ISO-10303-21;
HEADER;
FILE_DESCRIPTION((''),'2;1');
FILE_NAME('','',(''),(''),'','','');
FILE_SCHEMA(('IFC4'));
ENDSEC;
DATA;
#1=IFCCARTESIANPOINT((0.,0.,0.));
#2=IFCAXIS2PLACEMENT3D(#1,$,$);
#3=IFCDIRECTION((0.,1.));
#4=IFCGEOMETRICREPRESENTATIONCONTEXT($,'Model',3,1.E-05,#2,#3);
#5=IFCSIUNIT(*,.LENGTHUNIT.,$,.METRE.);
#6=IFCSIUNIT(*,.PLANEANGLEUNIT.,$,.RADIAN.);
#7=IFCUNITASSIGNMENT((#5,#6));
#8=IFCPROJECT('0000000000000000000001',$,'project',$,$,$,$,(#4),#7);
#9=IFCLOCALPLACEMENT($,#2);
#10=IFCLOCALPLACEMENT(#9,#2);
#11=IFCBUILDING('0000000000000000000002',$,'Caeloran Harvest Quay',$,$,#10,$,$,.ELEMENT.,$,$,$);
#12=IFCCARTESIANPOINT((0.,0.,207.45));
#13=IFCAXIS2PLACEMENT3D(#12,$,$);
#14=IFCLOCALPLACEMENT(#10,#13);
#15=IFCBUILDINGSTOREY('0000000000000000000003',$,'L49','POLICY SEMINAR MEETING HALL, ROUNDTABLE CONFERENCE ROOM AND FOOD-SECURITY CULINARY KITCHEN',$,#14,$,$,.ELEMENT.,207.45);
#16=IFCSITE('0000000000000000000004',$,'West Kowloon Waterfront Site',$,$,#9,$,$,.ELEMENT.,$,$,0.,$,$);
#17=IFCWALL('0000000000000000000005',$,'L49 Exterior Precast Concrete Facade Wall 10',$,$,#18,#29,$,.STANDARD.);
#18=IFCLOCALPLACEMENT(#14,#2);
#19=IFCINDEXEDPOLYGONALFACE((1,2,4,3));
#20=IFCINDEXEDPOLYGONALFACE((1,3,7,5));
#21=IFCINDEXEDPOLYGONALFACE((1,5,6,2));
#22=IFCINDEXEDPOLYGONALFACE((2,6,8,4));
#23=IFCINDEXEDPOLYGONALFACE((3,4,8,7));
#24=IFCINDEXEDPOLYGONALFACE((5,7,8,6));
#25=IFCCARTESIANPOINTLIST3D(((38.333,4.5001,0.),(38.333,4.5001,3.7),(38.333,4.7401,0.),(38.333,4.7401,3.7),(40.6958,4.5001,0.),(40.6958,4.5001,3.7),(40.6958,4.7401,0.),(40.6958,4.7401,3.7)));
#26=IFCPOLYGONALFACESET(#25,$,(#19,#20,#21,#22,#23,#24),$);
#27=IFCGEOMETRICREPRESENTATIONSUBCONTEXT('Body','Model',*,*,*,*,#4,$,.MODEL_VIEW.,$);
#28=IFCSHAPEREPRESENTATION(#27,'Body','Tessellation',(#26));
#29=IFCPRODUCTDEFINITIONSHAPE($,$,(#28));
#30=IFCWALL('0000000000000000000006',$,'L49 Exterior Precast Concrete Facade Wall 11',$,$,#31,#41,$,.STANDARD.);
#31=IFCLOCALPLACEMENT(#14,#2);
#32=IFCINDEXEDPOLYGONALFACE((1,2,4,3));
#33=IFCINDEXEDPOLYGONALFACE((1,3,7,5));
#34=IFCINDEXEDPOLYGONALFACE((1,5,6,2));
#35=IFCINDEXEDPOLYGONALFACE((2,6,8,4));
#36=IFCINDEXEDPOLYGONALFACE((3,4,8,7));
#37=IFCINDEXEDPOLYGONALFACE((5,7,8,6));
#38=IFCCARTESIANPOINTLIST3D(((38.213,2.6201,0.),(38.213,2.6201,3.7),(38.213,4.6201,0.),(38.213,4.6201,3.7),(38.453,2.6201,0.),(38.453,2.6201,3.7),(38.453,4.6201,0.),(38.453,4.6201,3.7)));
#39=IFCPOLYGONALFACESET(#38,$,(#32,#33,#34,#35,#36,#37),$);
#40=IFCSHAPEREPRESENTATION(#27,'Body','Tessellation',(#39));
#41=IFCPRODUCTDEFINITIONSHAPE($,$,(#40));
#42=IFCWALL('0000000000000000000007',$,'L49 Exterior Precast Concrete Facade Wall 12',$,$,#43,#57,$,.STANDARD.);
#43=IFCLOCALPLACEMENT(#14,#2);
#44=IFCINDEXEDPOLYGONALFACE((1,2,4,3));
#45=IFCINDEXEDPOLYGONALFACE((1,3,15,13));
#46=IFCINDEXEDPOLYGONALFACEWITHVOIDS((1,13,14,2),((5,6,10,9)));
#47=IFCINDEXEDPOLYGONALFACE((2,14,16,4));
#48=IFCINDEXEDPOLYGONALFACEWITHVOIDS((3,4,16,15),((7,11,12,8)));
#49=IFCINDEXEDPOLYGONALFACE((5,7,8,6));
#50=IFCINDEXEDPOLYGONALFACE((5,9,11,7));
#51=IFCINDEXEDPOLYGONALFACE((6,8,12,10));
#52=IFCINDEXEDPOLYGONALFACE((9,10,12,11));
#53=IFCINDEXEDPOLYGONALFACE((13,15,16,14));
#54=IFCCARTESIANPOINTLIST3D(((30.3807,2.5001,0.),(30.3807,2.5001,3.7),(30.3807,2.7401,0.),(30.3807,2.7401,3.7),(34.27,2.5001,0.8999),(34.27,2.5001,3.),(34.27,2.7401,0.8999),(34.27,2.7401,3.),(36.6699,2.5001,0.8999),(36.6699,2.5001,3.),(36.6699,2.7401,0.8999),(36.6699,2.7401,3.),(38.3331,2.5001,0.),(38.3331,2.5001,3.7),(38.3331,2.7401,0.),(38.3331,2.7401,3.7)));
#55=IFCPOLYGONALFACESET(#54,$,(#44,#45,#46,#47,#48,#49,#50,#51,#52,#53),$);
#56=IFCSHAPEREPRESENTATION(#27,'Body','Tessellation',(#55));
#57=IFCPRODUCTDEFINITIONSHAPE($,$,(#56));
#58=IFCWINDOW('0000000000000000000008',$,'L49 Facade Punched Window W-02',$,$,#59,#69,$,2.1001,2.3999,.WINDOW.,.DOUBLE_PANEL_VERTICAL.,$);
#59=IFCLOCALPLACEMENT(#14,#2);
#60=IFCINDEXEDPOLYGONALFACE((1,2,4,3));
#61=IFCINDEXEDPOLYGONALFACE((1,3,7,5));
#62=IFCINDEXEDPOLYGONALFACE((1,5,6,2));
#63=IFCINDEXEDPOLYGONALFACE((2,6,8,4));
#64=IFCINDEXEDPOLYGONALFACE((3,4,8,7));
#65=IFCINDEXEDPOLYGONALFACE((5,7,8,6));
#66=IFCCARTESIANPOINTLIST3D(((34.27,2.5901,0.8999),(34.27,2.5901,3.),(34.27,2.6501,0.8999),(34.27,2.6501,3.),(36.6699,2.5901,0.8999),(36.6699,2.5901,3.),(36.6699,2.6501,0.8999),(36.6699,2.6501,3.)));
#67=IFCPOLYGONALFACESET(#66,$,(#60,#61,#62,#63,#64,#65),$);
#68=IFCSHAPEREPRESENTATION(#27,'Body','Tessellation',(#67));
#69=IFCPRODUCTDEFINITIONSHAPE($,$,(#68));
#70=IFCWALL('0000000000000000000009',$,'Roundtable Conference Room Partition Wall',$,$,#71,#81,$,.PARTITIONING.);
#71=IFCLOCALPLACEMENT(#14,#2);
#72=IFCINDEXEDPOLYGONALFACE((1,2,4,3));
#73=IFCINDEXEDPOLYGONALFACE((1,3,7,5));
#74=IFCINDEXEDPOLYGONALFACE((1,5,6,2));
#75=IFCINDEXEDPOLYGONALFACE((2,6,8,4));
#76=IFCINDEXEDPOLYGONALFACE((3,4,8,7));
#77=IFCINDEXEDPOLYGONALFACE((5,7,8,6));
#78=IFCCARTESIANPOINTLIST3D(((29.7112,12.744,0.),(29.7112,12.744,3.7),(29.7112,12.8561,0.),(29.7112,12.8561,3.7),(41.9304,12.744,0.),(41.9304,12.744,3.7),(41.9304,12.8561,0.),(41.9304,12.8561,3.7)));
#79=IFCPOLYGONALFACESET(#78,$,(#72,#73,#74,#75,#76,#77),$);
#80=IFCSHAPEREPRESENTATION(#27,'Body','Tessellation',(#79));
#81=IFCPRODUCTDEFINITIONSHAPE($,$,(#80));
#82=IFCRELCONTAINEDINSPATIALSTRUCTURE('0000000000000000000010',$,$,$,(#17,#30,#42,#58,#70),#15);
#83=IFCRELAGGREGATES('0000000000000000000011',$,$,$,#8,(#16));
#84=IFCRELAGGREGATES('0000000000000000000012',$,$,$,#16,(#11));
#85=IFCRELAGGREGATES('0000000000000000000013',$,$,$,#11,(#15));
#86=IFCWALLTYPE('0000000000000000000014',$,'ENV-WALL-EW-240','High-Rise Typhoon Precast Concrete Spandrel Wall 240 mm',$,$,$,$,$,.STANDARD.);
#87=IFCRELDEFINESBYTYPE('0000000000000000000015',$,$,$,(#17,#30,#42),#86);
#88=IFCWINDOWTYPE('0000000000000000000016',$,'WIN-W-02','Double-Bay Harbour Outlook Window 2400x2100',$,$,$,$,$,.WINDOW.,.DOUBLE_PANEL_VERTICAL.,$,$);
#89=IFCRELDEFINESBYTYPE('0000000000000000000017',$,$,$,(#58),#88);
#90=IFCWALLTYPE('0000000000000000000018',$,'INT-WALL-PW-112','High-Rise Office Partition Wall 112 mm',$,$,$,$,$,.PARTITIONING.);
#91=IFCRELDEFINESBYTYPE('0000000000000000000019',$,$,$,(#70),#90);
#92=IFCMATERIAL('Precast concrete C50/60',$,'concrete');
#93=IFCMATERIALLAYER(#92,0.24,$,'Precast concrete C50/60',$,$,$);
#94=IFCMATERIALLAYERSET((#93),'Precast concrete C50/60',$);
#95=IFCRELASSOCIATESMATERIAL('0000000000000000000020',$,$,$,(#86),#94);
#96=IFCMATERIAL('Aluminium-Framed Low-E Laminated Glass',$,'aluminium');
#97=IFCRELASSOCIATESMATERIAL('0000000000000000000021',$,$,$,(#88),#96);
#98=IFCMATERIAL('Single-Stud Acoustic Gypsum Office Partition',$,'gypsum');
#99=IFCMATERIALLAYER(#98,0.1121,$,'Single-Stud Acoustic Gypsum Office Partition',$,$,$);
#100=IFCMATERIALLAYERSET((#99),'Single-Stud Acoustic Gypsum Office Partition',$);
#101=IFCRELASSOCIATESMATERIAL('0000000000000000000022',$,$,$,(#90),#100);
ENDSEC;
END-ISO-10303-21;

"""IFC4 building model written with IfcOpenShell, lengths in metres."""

from ifc_helpers import new_model, si_unit, direction, frame, frame_2d, origin, place, context, subcontext, project, spatial, rectangle, extrude, material, layer, layer_set, type_object, element, fill, save


model = new_model("IFC4")

# Units and contexts
model_context = context("Model", 3, precision=1e-05, world=origin(), true_north=direction((0.0, 1.0)))
body_context = subcontext(model_context, "Body", "Model", "MODEL_VIEW")
ifc_project = project(units=[si_unit("LENGTHUNIT", "METRE"), si_unit("PLANEANGLEUNIT", "RADIAN")], contexts=[model_context])

# Site, building, storey
site_placement = place(None, origin())
site = spatial("IfcSite", under=ifc_project, at=site_placement, Name="West Kowloon Waterfront Site", CompositionType="ELEMENT", RefElevation=0.0)
building_placement = place(site_placement, origin())
building = spatial("IfcBuilding", under=site, at=building_placement, Name="Caeloran Harvest Quay", CompositionType="ELEMENT")
storey_placement = place(building_placement, frame((0.0, 0.0, 207.45)))
storey = spatial("IfcBuildingStorey", under=building, at=storey_placement, Name="L49", Description="POLICY SEMINAR MEETING HALL, ROUNDTABLE CONFERENCE ROOM AND FOOD-SECURITY CULINARY KITCHEN", CompositionType="ELEMENT", Elevation=207.45)

# Walls
ifc_material_1 = material(Name="Precast concrete C50/60", Category="concrete")
ifc_layer_1 = layer(ifc_material_1, 0.24, Name="Precast concrete C50/60")
ifc_layer_set_1 = layer_set([ifc_layer_1], Name="Precast concrete C50/60")
wall_type_1 = type_object("IfcWallType", Name="ENV-WALL-EW-240", Description="High-Rise Typhoon Precast Concrete Spandrel Wall 240 mm", PredefinedType="STANDARD", material=ifc_layer_set_1)
wall_1_placement = place(storey_placement, frame((40.6958, 4.6201, 0.0), z_axis=(0.0, 0.0, 1.0), x_axis=(-1.0, 0.0, 0.0)))
element("IfcWall", 1, at=wall_1_placement, inside=storey, type_object=wall_type_1, Name="L49 Exterior Precast Concrete Facade Wall 10", PredefinedType="STANDARD", context=body_context, shape_type="SweptSolid", body=[
    extrude(rectangle(XDim=2.3628, YDim=0.24, at=frame_2d((1.1814, 0.0))), origin(), (0.0, 0.0, 1.0), 3.7),
])
wall_2_placement = place(storey_placement, frame((38.333, 4.6201, 0.0), z_axis=(0.0, 0.0, 1.0), x_axis=(0.0, -1.0, 0.0)))
element("IfcWall", 2, at=wall_2_placement, inside=storey, type_object=wall_type_1, Name="L49 Exterior Precast Concrete Facade Wall 11", PredefinedType="STANDARD", context=body_context, shape_type="SweptSolid", body=[
    extrude(rectangle(XDim=2.0, YDim=0.24, at=frame_2d((1.0, 0.0))), origin(), (0.0, 0.0, 1.0), 3.7),
])

# Wall, opening, window
wall_3_placement = place(storey_placement, frame((38.333, 2.6201, 0.0), z_axis=(0.0, 0.0, 1.0), x_axis=(-1.0, 0.0, 0.0)))
wall_3 = element("IfcWall", 3, at=wall_3_placement, inside=storey, type_object=wall_type_1, Name="L49 Exterior Precast Concrete Facade Wall 12", PredefinedType="STANDARD", context=body_context, shape_type="SweptSolid", body=[
    extrude(rectangle(XDim=7.9524, YDim=0.24, at=frame_2d((3.9761, 0.0))), origin(), (0.0, 0.0, 1.0), 3.7),
])
opening_placement = place(wall_3_placement, frame((1.6631, 0.0, 0.8999)))
opening = element("IfcOpeningElement", 4, at=opening_placement, cuts=wall_3, PredefinedType="OPENING", context=body_context, shape_type="SweptSolid", body=[
    extrude(rectangle(XDim=2.3999, YDim=2.1001, at=frame_2d((1.2, 1.05))), frame((0.0, 0.1299, 0.0), z_axis=(0.0, -1.0, 0.0), x_axis=(1.0, 0.0, 0.0)), (0.0, 0.0, 1.0), 0.26),
])
ifc_material_2 = material(Name="Aluminium-Framed Low-E Laminated Glass", Category="aluminium")
window_type = type_object("IfcWindowType", Name="WIN-W-02", Description="Double-Bay Harbour Outlook Window 2400x2100", PartitioningType="DOUBLE_PANEL_VERTICAL", PredefinedType="WINDOW", material=ifc_material_2)
window_placement = place(opening_placement, origin())
window = element("IfcWindow", 5, at=window_placement, inside=storey, type_object=window_type, Name="L49 Facade Punched Window W-02", OverallHeight=2.1001, OverallWidth=2.3999, PartitioningType="DOUBLE_PANEL_VERTICAL", PredefinedType="WINDOW", context=body_context, shape_type="SweptSolid", body=[
    extrude(rectangle(XDim=2.3999, YDim=2.1001, at=frame_2d((1.2, 1.05))), frame((0.0, 0.03, 0.0), z_axis=(0.0, -1.0, 0.0), x_axis=(1.0, 0.0, 0.0)), (0.0, 0.0, 1.0), 0.0601),
])
fill(opening, window)

# Wall
ifc_material_3 = material(Name="Single-Stud Acoustic Gypsum Office Partition", Category="gypsum")
ifc_layer_2 = layer(ifc_material_3, 0.1121, Name="Single-Stud Acoustic Gypsum Office Partition")
ifc_layer_set_2 = layer_set([ifc_layer_2], Name="Single-Stud Acoustic Gypsum Office Partition")
wall_type_2 = type_object("IfcWallType", Name="INT-WALL-PW-112", Description="High-Rise Office Partition Wall 112 mm", PredefinedType="PARTITIONING", material=ifc_layer_set_2)
wall_4_placement = place(storey_placement, frame((41.9304, 12.8, 0.0), z_axis=(0.0, 0.0, 1.0), x_axis=(-1.0, 0.0, 0.0)))
element("IfcWall", 6, at=wall_4_placement, inside=storey, type_object=wall_type_2, Name="Roundtable Conference Room Partition Wall", PredefinedType="PARTITIONING", context=body_context, shape_type="SweptSolid", body=[
    extrude(rectangle(XDim=12.2192, YDim=0.1121, at=frame_2d((6.1096, 0.0))), origin(), (0.0, 0.0, 1.0), 3.7),
])

save(model, "model.ifc")
